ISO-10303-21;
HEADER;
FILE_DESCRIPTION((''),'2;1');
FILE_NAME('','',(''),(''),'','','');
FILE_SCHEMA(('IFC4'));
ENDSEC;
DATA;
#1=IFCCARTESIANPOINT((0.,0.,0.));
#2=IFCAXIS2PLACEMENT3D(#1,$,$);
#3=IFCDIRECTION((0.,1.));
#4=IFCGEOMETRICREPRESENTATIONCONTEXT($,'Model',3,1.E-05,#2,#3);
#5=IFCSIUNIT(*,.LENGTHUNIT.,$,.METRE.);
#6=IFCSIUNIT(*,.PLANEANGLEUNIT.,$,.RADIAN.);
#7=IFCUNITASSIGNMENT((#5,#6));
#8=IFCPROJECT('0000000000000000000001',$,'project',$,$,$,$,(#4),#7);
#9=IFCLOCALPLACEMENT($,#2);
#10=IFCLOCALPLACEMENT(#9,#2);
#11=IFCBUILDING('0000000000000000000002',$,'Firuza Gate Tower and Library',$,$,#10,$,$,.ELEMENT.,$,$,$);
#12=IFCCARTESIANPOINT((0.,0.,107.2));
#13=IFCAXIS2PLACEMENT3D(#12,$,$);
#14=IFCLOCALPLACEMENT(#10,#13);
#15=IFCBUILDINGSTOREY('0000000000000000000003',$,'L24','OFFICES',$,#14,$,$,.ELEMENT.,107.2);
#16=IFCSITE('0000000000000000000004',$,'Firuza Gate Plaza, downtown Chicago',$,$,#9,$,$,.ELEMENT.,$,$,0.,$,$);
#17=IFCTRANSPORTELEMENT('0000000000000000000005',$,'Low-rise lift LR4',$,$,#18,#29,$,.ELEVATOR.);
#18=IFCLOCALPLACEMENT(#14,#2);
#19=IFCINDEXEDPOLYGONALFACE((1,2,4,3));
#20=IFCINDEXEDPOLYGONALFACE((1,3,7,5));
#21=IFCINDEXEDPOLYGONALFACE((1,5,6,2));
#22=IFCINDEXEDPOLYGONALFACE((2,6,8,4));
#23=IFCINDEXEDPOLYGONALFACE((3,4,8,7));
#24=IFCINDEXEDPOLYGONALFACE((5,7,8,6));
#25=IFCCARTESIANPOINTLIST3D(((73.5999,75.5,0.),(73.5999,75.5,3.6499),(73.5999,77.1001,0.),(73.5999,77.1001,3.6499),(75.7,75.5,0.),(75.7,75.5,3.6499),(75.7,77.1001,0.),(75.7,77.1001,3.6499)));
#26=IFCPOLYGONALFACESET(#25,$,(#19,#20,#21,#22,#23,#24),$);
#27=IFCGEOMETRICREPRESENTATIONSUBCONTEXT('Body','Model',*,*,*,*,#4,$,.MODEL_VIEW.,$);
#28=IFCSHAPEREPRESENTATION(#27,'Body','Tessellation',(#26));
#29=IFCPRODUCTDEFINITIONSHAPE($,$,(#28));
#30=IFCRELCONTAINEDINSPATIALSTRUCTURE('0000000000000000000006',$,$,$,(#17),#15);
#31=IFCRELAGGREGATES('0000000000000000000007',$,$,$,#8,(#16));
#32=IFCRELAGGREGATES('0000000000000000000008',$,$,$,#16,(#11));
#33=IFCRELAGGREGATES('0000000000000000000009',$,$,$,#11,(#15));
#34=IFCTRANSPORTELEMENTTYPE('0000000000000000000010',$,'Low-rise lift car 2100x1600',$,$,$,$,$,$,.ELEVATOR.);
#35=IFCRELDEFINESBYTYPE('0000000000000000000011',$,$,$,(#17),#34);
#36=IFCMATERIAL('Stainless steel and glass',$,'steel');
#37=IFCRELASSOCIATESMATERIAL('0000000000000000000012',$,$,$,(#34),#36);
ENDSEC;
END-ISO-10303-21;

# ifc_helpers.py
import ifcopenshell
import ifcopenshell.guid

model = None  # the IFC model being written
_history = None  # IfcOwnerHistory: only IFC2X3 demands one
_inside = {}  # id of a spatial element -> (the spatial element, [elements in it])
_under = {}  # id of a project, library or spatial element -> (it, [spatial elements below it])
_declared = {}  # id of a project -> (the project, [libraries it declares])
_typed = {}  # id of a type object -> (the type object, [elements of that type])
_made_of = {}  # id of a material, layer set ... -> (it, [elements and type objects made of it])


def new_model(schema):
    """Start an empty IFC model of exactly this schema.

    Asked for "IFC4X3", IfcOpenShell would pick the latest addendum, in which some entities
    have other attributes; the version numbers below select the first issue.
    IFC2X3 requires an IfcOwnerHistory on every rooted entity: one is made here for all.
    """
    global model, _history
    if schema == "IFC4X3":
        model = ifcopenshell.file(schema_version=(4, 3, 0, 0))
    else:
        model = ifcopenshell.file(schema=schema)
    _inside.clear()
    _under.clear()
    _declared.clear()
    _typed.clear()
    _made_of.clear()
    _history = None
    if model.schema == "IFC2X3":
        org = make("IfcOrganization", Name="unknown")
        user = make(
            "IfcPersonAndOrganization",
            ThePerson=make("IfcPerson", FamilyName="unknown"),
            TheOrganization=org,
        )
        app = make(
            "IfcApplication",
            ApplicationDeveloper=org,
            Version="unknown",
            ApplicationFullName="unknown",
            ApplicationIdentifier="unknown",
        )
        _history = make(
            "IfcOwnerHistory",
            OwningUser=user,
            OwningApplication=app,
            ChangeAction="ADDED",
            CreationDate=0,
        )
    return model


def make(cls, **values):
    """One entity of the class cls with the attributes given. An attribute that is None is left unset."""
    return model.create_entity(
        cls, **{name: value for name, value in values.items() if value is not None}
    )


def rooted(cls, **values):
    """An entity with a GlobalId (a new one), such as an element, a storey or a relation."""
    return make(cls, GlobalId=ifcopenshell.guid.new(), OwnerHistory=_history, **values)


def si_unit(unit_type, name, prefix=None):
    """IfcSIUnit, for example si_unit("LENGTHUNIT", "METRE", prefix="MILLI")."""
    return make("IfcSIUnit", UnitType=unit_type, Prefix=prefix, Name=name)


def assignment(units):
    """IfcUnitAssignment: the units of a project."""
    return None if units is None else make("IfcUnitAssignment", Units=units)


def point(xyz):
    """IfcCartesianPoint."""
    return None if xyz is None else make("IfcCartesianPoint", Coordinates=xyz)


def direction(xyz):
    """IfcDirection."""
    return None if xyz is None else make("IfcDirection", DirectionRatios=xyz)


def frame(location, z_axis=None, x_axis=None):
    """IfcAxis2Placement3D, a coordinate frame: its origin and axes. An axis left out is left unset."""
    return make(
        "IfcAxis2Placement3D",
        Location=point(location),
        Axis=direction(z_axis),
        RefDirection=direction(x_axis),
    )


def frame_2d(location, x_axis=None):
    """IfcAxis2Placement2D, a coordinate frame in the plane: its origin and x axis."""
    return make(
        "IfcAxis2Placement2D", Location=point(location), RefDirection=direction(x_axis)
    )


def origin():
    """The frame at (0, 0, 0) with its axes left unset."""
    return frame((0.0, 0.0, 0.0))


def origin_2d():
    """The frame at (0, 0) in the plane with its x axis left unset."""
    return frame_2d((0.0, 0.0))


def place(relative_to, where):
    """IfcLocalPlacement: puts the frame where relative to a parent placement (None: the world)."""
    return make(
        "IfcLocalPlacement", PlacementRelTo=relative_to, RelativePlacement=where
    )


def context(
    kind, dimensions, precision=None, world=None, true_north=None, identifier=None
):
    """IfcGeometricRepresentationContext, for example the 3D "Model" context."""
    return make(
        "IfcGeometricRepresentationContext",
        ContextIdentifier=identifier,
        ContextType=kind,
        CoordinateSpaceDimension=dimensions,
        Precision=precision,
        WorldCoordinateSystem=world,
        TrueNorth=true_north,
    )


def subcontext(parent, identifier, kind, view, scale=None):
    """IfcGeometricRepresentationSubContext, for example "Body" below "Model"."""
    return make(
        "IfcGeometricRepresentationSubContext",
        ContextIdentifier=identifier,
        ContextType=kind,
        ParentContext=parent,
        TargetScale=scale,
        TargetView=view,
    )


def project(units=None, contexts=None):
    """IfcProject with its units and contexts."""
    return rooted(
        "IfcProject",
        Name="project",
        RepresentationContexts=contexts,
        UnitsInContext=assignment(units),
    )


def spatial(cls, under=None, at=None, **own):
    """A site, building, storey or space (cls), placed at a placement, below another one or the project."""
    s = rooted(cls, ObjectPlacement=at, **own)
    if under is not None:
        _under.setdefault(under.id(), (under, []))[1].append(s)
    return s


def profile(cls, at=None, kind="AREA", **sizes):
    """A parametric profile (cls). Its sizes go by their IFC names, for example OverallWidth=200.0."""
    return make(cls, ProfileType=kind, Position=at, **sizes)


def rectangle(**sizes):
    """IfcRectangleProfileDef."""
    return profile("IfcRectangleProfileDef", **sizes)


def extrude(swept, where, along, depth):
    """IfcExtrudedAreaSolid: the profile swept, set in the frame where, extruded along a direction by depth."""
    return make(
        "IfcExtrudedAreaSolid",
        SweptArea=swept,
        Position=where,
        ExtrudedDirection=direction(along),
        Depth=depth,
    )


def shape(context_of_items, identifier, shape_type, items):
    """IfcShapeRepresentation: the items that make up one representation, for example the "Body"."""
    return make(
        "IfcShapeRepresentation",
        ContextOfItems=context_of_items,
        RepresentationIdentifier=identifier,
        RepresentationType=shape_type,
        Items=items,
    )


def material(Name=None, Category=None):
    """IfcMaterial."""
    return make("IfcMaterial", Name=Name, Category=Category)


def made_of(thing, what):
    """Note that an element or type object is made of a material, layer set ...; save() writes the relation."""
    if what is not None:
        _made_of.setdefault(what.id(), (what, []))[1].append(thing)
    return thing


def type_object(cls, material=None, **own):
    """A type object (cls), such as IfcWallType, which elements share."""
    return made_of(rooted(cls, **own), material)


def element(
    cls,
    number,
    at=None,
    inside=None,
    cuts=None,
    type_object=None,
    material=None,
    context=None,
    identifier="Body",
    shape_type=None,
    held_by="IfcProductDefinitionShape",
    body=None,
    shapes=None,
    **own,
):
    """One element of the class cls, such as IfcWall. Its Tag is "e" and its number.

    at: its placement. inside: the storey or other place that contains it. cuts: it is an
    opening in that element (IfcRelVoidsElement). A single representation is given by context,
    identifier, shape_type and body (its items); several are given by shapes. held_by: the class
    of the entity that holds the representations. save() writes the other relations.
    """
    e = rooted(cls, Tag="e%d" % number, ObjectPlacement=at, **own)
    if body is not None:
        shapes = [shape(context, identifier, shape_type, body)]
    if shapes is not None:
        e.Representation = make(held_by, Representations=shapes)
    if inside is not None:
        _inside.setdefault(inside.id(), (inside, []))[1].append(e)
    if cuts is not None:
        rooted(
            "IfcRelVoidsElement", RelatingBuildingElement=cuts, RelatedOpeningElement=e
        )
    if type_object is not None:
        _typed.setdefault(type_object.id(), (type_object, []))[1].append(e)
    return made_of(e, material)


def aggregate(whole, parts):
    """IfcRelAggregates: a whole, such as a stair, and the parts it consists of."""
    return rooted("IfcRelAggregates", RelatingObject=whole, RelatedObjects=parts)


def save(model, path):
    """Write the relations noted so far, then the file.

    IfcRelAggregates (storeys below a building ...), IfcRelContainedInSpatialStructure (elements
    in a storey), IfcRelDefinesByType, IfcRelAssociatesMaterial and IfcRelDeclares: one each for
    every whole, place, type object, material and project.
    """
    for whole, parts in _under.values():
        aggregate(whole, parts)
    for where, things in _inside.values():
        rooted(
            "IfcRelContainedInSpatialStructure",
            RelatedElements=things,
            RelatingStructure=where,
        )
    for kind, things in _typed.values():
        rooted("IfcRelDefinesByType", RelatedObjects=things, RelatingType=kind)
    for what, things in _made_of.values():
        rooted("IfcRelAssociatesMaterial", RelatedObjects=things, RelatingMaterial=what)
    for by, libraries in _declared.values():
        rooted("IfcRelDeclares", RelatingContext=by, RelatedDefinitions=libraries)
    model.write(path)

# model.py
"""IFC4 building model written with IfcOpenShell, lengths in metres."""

from ifc_helpers import new_model, si_unit, direction, frame, origin, origin_2d, place, context, subcontext, project, spatial, rectangle, extrude, material, type_object, element, save


model = new_model("IFC4")

# Units and contexts
model_context = context("Model", 3, precision=1e-05, world=origin(), true_north=direction((0.0, 1.0)))
body_context = subcontext(model_context, "Body", "Model", "MODEL_VIEW")
ifc_project = project(units=[si_unit("LENGTHUNIT", "METRE"), si_unit("PLANEANGLEUNIT", "RADIAN")], contexts=[model_context])

# Site, building, storey
site_placement = place(None, origin())
site = spatial("IfcSite", under=ifc_project, at=site_placement, Name="Firuza Gate Plaza, downtown Chicago", CompositionType="ELEMENT", RefElevation=0.0)
building_placement = place(site_placement, origin())
building = spatial("IfcBuilding", under=site, at=building_placement, Name="Firuza Gate Tower and Library", CompositionType="ELEMENT")
storey_placement = place(building_placement, frame((0.0, 0.0, 107.2)))
storey = spatial("IfcBuildingStorey", under=building, at=storey_placement, Name="L24", Description="OFFICES", CompositionType="ELEMENT", Elevation=107.2)

# Transport element
ifc_material_1 = material(Name="Stainless steel and glass", Category="steel")
transport_element_type = type_object("IfcTransportElementType", Name="Low-rise lift car 2100x1600", PredefinedType="ELEVATOR", material=ifc_material_1)
transport_element_placement = place(storey_placement, frame((74.6499, 76.3, 0.0), z_axis=(0.0, 0.0, 1.0), x_axis=(1.0, 0.0, 0.0)))
element("IfcTransportElement", 1, at=transport_element_placement, inside=storey, type_object=transport_element_type, Name="Low-rise lift LR4", PredefinedType="ELEVATOR", context=body_context, shape_type="SweptSolid", body=[
    extrude(rectangle(XDim=2.1001, YDim=1.6001, at=origin_2d()), origin(), (0.0, 0.0, 1.0), 3.6499),
])

save(model, "model.ifc")
